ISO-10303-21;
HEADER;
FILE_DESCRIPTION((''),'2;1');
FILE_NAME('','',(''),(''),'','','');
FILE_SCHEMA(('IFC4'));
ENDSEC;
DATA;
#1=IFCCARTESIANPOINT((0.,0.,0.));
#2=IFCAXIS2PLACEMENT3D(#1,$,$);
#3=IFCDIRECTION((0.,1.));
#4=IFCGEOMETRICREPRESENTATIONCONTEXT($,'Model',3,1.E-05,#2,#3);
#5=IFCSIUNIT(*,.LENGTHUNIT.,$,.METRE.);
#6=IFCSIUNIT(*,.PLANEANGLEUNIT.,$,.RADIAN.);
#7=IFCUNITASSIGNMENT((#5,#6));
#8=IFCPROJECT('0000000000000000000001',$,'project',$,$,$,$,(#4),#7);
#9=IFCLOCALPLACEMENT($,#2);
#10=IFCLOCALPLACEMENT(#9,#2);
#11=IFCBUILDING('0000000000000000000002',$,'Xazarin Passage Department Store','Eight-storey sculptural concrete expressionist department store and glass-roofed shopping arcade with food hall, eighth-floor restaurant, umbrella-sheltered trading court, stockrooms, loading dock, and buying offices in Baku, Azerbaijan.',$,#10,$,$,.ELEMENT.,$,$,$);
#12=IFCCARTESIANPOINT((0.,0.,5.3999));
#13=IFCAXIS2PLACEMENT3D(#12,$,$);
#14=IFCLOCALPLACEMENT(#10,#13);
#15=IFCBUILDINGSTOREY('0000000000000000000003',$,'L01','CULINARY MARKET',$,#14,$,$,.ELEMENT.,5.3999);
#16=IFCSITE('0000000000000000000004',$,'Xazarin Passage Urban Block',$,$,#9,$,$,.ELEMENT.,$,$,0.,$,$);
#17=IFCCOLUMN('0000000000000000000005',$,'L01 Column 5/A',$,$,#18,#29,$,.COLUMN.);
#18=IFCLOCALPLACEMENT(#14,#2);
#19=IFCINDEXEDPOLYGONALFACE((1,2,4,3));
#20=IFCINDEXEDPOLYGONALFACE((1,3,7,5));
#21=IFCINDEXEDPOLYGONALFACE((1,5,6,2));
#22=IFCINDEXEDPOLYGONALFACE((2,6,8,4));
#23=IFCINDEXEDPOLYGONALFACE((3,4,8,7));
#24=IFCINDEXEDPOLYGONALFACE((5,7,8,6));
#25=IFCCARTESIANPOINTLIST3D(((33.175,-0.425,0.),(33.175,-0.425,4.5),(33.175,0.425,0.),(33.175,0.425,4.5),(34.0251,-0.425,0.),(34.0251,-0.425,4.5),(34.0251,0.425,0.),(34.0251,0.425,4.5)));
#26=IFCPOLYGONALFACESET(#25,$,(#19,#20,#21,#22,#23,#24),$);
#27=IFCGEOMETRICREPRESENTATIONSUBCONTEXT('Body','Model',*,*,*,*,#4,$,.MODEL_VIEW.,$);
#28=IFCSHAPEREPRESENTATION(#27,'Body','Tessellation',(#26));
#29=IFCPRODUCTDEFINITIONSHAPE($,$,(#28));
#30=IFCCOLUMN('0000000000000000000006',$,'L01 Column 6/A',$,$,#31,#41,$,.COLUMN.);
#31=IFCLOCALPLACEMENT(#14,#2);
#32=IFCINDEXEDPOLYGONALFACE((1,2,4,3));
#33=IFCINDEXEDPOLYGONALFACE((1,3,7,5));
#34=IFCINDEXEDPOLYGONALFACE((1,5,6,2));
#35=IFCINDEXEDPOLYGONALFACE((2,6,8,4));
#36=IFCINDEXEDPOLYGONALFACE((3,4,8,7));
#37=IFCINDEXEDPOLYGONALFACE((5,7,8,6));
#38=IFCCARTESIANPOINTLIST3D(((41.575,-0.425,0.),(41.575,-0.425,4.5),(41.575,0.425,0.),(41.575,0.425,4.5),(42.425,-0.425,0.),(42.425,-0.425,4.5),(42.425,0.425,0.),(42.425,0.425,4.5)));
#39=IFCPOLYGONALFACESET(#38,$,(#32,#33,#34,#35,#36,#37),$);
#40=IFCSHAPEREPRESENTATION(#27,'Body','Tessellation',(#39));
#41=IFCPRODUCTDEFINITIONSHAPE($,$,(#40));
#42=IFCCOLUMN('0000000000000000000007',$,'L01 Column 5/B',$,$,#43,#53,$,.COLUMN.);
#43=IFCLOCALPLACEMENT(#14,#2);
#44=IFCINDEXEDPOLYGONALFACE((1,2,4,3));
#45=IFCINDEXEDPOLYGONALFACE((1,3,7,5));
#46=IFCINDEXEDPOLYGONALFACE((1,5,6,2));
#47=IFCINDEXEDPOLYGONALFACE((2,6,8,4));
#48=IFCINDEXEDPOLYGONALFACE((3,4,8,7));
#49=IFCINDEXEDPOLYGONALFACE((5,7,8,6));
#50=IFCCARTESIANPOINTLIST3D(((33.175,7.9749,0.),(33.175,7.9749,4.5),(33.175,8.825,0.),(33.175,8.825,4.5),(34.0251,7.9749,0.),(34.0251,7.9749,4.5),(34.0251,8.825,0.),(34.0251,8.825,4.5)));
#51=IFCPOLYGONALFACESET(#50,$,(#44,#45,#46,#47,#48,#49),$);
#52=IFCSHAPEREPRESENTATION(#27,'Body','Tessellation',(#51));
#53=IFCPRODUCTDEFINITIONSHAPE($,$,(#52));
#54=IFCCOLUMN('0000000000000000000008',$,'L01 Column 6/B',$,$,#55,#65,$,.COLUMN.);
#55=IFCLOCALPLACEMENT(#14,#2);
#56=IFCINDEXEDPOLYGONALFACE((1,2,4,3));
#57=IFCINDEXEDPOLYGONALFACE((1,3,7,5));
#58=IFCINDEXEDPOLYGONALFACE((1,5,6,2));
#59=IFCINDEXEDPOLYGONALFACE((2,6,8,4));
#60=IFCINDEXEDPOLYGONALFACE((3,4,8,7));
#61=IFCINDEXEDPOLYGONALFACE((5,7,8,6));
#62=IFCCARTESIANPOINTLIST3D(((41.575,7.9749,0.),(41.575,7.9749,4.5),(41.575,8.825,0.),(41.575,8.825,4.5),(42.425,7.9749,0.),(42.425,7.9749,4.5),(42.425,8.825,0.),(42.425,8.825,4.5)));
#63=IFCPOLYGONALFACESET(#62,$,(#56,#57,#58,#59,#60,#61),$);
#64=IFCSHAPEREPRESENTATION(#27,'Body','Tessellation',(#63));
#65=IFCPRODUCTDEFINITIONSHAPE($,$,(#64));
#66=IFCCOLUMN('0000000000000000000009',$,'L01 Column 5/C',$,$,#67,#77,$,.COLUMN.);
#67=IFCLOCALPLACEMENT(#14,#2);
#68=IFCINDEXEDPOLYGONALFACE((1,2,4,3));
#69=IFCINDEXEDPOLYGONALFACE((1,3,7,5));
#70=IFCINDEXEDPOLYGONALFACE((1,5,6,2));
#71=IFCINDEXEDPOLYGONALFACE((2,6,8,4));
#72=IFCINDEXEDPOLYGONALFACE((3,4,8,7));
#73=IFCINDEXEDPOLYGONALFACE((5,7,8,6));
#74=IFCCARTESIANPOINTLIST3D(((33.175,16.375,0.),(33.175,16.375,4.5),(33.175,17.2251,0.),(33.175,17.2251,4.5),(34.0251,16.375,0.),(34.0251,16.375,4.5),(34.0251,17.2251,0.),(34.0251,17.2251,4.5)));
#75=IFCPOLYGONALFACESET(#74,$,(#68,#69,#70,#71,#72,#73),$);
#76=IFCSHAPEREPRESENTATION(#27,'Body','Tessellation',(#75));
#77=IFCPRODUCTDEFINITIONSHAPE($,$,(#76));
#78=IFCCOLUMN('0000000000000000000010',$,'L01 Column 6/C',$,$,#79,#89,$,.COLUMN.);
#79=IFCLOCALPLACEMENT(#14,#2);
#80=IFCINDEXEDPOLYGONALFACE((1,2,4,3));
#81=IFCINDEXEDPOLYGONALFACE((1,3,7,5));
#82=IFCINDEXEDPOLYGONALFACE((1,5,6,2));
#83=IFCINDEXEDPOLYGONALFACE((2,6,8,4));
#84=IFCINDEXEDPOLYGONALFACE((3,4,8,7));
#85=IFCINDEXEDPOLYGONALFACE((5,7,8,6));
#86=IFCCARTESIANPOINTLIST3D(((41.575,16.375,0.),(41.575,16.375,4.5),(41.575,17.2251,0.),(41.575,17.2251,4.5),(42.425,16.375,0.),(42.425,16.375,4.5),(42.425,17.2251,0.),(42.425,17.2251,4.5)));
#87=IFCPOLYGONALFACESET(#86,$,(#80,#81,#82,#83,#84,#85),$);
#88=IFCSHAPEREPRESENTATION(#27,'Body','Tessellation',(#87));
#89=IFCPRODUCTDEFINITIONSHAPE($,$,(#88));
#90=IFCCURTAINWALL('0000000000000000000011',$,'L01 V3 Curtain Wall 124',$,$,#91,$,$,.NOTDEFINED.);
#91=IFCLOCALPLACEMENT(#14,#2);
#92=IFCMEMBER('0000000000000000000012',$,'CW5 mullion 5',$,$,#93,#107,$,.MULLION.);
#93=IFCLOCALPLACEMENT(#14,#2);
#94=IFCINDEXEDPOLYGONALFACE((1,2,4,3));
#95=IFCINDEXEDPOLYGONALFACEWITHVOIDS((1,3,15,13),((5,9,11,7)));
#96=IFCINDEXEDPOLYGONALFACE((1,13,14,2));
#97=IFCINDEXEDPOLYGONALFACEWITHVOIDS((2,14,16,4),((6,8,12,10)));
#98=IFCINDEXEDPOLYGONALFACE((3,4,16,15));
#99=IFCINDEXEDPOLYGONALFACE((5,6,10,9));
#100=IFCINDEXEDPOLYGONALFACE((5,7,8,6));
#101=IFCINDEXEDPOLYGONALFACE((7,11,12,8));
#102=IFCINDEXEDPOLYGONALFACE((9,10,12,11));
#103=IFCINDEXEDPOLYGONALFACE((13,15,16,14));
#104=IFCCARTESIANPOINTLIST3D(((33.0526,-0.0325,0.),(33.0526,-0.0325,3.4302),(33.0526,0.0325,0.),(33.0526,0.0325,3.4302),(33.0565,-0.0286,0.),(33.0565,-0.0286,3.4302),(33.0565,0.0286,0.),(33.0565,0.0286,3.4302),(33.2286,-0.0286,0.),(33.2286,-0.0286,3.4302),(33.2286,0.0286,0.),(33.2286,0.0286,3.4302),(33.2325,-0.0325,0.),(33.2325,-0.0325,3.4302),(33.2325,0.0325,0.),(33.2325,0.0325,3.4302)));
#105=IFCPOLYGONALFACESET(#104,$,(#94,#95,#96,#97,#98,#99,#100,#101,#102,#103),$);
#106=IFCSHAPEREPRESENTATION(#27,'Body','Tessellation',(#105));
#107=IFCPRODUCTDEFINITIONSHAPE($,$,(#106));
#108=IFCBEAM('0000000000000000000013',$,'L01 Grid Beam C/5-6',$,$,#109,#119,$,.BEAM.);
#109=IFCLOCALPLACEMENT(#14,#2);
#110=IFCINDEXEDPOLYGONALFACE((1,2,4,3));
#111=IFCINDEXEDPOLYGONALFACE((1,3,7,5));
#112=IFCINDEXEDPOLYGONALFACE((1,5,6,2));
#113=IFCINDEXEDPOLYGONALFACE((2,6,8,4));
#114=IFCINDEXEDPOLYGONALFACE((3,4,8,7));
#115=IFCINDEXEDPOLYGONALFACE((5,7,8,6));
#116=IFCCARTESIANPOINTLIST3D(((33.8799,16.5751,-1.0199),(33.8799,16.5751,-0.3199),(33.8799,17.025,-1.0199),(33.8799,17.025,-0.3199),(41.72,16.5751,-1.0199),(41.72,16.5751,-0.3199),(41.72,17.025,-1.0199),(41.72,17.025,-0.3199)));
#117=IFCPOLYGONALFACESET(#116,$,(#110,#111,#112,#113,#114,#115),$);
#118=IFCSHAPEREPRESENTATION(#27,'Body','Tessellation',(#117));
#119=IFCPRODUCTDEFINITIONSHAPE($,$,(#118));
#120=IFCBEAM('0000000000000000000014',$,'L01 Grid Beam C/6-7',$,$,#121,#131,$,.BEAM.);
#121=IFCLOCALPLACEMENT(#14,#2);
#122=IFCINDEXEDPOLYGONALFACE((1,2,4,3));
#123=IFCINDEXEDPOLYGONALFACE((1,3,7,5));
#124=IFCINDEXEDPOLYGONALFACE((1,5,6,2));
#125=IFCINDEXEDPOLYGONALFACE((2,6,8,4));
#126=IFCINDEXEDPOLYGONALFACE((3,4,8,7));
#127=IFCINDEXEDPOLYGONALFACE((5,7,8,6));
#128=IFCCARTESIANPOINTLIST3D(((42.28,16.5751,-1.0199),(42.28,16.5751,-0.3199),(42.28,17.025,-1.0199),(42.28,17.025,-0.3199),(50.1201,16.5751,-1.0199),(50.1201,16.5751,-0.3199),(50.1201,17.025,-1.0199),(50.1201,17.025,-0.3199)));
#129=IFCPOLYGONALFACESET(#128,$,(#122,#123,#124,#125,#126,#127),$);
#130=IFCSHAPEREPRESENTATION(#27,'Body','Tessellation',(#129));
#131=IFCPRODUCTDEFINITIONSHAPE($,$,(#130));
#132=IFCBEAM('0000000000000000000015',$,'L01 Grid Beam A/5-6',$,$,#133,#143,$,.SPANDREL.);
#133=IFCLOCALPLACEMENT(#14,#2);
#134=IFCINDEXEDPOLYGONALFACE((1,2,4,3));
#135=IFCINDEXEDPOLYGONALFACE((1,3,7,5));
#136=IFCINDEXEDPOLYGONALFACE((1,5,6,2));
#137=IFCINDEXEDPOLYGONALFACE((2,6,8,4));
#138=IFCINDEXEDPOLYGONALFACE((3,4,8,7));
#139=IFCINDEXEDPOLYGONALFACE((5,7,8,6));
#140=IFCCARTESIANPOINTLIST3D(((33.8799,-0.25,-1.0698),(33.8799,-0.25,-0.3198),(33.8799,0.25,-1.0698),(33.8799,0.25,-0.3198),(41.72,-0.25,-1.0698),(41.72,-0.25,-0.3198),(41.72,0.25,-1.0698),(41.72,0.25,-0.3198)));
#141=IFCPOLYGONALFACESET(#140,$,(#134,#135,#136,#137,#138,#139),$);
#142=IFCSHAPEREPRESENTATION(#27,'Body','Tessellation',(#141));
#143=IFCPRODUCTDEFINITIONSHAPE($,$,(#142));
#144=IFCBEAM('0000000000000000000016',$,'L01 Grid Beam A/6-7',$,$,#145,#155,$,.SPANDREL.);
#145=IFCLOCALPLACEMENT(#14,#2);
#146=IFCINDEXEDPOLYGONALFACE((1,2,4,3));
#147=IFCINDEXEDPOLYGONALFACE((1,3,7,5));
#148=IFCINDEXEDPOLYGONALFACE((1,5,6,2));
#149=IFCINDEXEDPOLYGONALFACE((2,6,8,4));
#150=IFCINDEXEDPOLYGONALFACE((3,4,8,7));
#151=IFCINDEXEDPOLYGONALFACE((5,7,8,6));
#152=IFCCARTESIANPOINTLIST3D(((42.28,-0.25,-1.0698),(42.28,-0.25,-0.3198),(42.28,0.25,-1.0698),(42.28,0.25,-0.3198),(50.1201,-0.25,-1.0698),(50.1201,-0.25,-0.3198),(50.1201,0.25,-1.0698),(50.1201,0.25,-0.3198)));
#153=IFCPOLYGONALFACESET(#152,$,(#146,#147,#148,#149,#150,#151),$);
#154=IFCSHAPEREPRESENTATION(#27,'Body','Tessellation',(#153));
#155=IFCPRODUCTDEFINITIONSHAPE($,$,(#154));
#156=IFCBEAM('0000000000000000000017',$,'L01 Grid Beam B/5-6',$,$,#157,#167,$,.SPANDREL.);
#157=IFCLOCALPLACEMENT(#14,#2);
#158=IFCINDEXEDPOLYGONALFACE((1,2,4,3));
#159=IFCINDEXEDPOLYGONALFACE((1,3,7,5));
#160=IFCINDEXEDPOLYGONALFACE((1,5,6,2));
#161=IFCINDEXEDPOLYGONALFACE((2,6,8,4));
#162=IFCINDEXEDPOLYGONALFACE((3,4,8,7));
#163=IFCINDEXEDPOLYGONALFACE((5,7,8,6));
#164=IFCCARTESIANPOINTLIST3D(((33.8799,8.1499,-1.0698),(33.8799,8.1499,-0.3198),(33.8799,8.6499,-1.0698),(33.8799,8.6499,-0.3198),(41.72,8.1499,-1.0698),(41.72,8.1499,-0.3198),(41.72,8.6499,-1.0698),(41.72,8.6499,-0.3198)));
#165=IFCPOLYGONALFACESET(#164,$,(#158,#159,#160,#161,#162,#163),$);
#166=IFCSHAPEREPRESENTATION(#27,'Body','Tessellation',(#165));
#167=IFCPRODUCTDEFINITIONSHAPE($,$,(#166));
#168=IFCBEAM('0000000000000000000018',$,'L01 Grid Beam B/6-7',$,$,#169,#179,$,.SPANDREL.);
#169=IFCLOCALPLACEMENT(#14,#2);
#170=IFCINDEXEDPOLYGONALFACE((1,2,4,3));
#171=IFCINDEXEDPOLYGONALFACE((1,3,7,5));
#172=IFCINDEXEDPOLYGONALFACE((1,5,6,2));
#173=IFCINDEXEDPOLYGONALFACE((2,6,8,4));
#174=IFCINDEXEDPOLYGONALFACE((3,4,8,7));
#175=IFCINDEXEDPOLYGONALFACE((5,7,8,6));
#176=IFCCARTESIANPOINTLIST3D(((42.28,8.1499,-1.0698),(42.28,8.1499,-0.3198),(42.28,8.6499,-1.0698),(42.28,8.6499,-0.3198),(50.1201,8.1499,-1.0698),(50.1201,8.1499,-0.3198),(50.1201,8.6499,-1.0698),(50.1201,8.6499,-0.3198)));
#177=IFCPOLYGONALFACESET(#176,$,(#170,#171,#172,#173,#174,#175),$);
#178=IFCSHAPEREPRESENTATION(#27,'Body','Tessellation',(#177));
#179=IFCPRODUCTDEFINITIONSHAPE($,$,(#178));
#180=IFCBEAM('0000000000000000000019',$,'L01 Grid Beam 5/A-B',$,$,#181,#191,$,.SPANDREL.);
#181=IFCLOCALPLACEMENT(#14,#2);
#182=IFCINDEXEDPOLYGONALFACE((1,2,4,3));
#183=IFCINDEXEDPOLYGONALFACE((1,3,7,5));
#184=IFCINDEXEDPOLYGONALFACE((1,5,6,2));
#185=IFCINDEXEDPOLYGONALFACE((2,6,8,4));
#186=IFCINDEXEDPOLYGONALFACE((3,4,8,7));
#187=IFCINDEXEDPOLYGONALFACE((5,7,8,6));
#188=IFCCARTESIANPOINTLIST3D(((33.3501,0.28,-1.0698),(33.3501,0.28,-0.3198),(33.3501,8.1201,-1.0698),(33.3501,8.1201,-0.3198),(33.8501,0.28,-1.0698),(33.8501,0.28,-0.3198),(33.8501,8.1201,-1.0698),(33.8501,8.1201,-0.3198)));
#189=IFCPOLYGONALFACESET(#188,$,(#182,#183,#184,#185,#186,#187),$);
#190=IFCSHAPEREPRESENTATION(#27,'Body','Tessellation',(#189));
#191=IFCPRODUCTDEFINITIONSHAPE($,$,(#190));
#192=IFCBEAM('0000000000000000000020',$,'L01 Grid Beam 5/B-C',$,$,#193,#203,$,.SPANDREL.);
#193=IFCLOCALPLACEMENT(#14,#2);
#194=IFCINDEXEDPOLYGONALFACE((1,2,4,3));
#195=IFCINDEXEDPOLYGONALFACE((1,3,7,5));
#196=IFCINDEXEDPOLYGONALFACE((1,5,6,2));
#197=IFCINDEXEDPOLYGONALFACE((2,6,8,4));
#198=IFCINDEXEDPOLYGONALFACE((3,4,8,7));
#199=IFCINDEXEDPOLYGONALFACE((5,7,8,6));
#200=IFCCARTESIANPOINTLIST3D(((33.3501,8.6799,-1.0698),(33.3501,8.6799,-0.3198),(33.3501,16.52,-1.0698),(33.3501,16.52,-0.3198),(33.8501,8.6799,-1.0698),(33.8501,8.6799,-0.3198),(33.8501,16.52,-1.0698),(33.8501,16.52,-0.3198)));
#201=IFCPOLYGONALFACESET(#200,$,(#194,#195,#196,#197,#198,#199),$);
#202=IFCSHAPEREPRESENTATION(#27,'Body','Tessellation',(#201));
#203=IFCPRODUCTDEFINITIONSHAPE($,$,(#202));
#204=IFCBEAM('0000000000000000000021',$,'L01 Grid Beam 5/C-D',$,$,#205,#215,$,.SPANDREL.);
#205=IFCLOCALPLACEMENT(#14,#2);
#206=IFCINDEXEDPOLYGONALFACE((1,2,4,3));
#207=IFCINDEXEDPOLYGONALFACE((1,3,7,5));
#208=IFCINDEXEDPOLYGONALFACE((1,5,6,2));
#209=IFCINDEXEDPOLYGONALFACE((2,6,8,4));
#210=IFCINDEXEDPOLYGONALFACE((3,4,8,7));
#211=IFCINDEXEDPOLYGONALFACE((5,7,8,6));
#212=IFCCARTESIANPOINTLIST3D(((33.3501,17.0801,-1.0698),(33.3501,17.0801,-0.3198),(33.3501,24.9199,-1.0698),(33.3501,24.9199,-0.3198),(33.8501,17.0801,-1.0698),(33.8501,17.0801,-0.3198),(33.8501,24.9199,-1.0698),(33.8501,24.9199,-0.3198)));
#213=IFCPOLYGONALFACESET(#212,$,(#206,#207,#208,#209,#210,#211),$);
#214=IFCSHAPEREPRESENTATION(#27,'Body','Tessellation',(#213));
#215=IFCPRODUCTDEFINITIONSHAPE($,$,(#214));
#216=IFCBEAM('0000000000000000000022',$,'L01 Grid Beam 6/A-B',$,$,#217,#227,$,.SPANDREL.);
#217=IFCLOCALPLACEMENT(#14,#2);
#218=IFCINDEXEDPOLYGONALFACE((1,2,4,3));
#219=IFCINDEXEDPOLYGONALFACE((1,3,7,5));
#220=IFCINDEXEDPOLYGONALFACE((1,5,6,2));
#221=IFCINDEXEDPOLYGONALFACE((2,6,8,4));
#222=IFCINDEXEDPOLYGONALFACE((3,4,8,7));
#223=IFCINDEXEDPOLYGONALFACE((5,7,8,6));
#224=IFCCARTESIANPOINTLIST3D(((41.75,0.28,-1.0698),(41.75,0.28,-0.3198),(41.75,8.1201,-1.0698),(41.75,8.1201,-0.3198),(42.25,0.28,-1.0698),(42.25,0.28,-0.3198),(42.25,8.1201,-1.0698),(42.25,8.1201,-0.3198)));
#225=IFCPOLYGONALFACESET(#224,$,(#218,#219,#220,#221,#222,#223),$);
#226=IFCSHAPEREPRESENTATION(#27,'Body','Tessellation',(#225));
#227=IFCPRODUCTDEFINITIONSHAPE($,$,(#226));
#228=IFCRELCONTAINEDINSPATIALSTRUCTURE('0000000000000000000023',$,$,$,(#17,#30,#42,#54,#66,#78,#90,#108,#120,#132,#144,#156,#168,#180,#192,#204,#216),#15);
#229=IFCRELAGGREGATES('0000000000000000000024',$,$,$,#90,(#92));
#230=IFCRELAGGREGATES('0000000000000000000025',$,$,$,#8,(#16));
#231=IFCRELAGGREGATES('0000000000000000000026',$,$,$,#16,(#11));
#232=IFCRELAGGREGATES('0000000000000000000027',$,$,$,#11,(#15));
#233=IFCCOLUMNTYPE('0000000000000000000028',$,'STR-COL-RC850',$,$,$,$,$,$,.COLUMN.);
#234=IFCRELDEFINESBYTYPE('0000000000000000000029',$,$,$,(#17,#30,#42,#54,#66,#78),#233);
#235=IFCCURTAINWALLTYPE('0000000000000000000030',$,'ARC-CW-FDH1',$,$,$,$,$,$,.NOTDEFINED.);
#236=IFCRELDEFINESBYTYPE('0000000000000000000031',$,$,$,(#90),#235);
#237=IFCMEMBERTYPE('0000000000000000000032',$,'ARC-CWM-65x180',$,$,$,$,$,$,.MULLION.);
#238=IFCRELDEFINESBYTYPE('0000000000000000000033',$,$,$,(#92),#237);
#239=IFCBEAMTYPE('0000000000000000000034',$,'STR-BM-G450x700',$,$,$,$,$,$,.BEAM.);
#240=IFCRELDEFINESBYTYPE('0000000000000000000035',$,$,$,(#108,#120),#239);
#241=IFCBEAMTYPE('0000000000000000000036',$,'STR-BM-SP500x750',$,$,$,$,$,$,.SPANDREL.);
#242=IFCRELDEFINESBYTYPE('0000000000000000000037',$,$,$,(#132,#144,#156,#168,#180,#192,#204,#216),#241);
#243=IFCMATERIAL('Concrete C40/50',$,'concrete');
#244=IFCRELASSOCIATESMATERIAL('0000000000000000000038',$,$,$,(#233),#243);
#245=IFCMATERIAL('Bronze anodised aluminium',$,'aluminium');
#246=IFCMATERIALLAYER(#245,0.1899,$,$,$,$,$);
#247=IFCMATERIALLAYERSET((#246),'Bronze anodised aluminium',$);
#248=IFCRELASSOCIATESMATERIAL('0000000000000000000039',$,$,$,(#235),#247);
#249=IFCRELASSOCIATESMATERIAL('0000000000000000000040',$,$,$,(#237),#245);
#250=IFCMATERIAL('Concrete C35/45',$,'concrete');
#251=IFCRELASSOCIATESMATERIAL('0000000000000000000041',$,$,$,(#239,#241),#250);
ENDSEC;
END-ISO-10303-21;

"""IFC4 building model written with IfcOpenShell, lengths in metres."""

from ifc_helpers import new_model, si_unit, direction, frame, origin, origin_2d, place, context, subcontext, project, spatial, rectangle, hollow_rectangle, extrude, material, layer, layer_set, material_profile, profile_set, type_object, element, aggregate, save


model = new_model("IFC4")

# Units and contexts
model_context = context("Model", 3, precision=1e-05, world=origin(), true_north=direction((0.0, 1.0)))
body_context = subcontext(model_context, "Body", "Model", "MODEL_VIEW")
ifc_project = project(units=[si_unit("LENGTHUNIT", "METRE"), si_unit("PLANEANGLEUNIT", "RADIAN")], contexts=[model_context])

# Site, building, storey
site_placement = place(None, origin())
site = spatial("IfcSite", under=ifc_project, at=site_placement, Name="Xazarin Passage Urban Block", CompositionType="ELEMENT", RefElevation=0.0)
building_placement = place(site_placement, origin())
building = spatial("IfcBuilding", under=site, at=building_placement, Name="Xazarin Passage Department Store", Description="Eight-storey sculptural concrete expressionist department store and glass-roofed shopping arcade with food hall, eighth-floor restaurant, umbrella-sheltered trading court, stockrooms, loading dock, and buying offices in Baku, Azerbaijan.", CompositionType="ELEMENT")
storey_placement = place(building_placement, frame((0.0, 0.0, 5.3999)))
storey = spatial("IfcBuildingStorey", under=building, at=storey_placement, Name="L01", Description="CULINARY MARKET", CompositionType="ELEMENT", Elevation=5.3999)

# Columns
ifc_material_1 = material(Name="Concrete C40/50", Category="concrete")
ifc_material_profile_1 = material_profile(ifc_material_1, rectangle(XDim=0.8501, YDim=0.8501, at=origin_2d()), Name="RC 850x850")
ifc_profile_set_1 = profile_set([ifc_material_profile_1], Name="Concrete C40/50")
column_type = type_object("IfcColumnType", Name="STR-COL-RC850", PredefinedType="COLUMN", material=ifc_profile_set_1)
for number, where, z_axis, x_axis, name in (
    (1, (33.6001, 0.0, 0.0), (0.0, 0.0, 1.0), (1.0, 0.0, 0.0), "L01 Column 5/A"),
    (2, (42.0, 0.0, 0.0), (0.0, 0.0, 1.0), (1.0, 0.0, 0.0), "L01 Column 6/A"),
    (3, (33.6001, 8.3999, 0.0), (0.0, 0.0, 1.0), (1.0, 0.0, 0.0), "L01 Column 5/B"),
    (4, (42.0, 8.3999, 0.0), (0.0, 0.0, 1.0), (1.0, 0.0, 0.0), "L01 Column 6/B"),
    (5, (33.6001, 16.8, 0.0), (0.0, 0.0, 1.0), (1.0, 0.0, 0.0), "L01 Column 5/C"),
    (6, (42.0, 16.8, 0.0), (0.0, 0.0, 1.0), (1.0, 0.0, 0.0), "L01 Column 6/C"),
):
    element("IfcColumn", number, at=place(storey_placement, frame(where, z_axis=z_axis, x_axis=x_axis)), inside=storey, type_object=column_type, Name=name, PredefinedType="COLUMN", context=body_context, shape_type="SweptSolid", body=[
        extrude(rectangle(XDim=0.8501, YDim=0.8501, at=origin_2d()), origin(), (0.0, 0.0, 1.0), 4.5),
    ])

# Curtain wall, member
ifc_material_2 = material(Name="Bronze anodised aluminium", Category="aluminium")
ifc_layer_1 = layer(ifc_material_2, 0.1899)
ifc_layer_set_1 = layer_set([ifc_layer_1], Name="Bronze anodised aluminium")
curtain_wall_type = type_object("IfcCurtainWallType", Name="ARC-CW-FDH1", PredefinedType="NOTDEFINED", material=ifc_layer_set_1)
curtain_wall_placement = place(storey_placement, origin())
curtain_wall = element("IfcCurtainWall", 7, at=curtain_wall_placement, inside=storey, type_object=curtain_wall_type, Name="L01 V3 Curtain Wall 124", PredefinedType="NOTDEFINED")
ifc_material_profile_2 = material_profile(ifc_material_2, hollow_rectangle(XDim=0.0649, YDim=0.1799, WallThickness=0.0039, at=origin_2d()), Name="ALU 65x180")
ifc_profile_set_2 = profile_set([ifc_material_profile_2], Name="Bronze anodised aluminium")
member_type = type_object("IfcMemberType", Name="ARC-CWM-65x180", PredefinedType="MULLION", material=ifc_profile_set_2)
member_placement = place(storey_placement, frame((33.1426, 0.0, 0.0), z_axis=(0.0, 0.0, 1.0), x_axis=(0.0, 1.0, 0.0)))
member = element("IfcMember", 8, at=member_placement, type_object=member_type, Name="CW5 mullion 5", PredefinedType="MULLION", context=body_context, shape_type="SweptSolid", body=[
    extrude(hollow_rectangle(XDim=0.0649, YDim=0.1799, WallThickness=0.0039, at=origin_2d()), origin(), (0.0, 0.0, 1.0), 3.4302),
])

# Beams
ifc_material_3 = material(Name="Concrete C35/45", Category="concrete")
ifc_material_profile_3 = material_profile(ifc_material_3, rectangle(XDim=0.45, YDim=0.7, at=origin_2d()), Name="RC 450x700")
ifc_profile_set_3 = profile_set([ifc_material_profile_3], Name="Concrete C35/45")
beam_type_1 = type_object("IfcBeamType", Name="STR-BM-G450x700", PredefinedType="BEAM", material=ifc_profile_set_3)
for number, where, z_axis, x_axis, name in (
    (9, (33.8799, 16.8, -0.6699), (1.0, 0.0, 0.0), (0.0, 1.0, 0.0), "L01 Grid Beam C/5-6"),
    (10, (42.28, 16.8, -0.6699), (1.0, 0.0, 0.0), (0.0, 1.0, 0.0), "L01 Grid Beam C/6-7"),
):
    element("IfcBeam", number, at=place(storey_placement, frame(where, z_axis=z_axis, x_axis=x_axis)), inside=storey, type_object=beam_type_1, Name=name, PredefinedType="BEAM", context=body_context, shape_type="SweptSolid", body=[
        extrude(rectangle(XDim=0.45, YDim=0.7, at=origin_2d()), origin(), (0.0, 0.0, 1.0), 7.8401),
    ])
ifc_material_profile_4 = material_profile(ifc_material_3, rectangle(XDim=0.5, YDim=0.75, at=origin_2d()), Name="RC 500x750")
ifc_profile_set_4 = profile_set([ifc_material_profile_4], Name="Concrete C35/45")
beam_type_2 = type_object("IfcBeamType", Name="STR-BM-SP500x750", PredefinedType="SPANDREL", material=ifc_profile_set_4)
for number, where, z_axis, x_axis, name in (
    (11, (33.8799, 0.0, -0.6948), (1.0, 0.0, 0.0), (0.0, 1.0, 0.0), "L01 Grid Beam A/5-6"),
    (12, (42.28, 0.0, -0.6948), (1.0, 0.0, 0.0), (0.0, 1.0, 0.0), "L01 Grid Beam A/6-7"),
    (13, (33.8799, 8.3999, -0.6948), (1.0, 0.0, 0.0), (0.0, 1.0, 0.0), "L01 Grid Beam B/5-6"),
    (14, (42.28, 8.3999, -0.6948), (1.0, 0.0, 0.0), (0.0, 1.0, 0.0), "L01 Grid Beam B/6-7"),
    (15, (33.6001, 0.28, -0.6948), (0.0, 1.0, 0.0), (-1.0, 0.0, 0.0), "L01 Grid Beam 5/A-B"),
    (16, (33.6001, 8.6799, -0.6948), (0.0, 1.0, 0.0), (-1.0, 0.0, 0.0), "L01 Grid Beam 5/B-C"),
):
    element("IfcBeam", number, at=place(storey_placement, frame(where, z_axis=z_axis, x_axis=x_axis)), inside=storey, type_object=beam_type_2, Name=name, PredefinedType="SPANDREL", context=body_context, shape_type="SweptSolid", body=[
        extrude(rectangle(XDim=0.5, YDim=0.75, at=origin_2d()), origin(), (0.0, 0.0, 1.0), 7.8401),
    ])
beam_placement = place(storey_placement, frame((33.6001, 17.0801, -0.6948), z_axis=(0.0, 1.0, 0.0), x_axis=(-1.0, 0.0, 0.0)))
element("IfcBeam", 17, at=beam_placement, inside=storey, type_object=beam_type_2, Name="L01 Grid Beam 5/C-D", PredefinedType="SPANDREL", context=body_context, shape_type="SweptSolid", body=[
    extrude(rectangle(XDim=0.5, YDim=0.75, at=origin_2d()), origin(), (0.0, 0.0, 1.0), 7.8398),
])
for number, where, z_axis, x_axis, name in (
    (18, (42.0, 0.28, -0.6948), (0.0, 1.0, 0.0), (-1.0, 0.0, 0.0), "L01 Grid Beam 6/A-B"),
):
    element("IfcBeam", number, at=place(storey_placement, frame(where, z_axis=z_axis, x_axis=x_axis)), inside=storey, type_object=beam_type_2, Name=name, PredefinedType="SPANDREL", context=body_context, shape_type="SweptSolid", body=[
        extrude(rectangle(XDim=0.5, YDim=0.75, at=origin_2d()), origin(), (0.0, 0.0, 1.0), 7.8401),
    ])

aggregate(curtain_wall, [member])

save(model, "model.ifc")
